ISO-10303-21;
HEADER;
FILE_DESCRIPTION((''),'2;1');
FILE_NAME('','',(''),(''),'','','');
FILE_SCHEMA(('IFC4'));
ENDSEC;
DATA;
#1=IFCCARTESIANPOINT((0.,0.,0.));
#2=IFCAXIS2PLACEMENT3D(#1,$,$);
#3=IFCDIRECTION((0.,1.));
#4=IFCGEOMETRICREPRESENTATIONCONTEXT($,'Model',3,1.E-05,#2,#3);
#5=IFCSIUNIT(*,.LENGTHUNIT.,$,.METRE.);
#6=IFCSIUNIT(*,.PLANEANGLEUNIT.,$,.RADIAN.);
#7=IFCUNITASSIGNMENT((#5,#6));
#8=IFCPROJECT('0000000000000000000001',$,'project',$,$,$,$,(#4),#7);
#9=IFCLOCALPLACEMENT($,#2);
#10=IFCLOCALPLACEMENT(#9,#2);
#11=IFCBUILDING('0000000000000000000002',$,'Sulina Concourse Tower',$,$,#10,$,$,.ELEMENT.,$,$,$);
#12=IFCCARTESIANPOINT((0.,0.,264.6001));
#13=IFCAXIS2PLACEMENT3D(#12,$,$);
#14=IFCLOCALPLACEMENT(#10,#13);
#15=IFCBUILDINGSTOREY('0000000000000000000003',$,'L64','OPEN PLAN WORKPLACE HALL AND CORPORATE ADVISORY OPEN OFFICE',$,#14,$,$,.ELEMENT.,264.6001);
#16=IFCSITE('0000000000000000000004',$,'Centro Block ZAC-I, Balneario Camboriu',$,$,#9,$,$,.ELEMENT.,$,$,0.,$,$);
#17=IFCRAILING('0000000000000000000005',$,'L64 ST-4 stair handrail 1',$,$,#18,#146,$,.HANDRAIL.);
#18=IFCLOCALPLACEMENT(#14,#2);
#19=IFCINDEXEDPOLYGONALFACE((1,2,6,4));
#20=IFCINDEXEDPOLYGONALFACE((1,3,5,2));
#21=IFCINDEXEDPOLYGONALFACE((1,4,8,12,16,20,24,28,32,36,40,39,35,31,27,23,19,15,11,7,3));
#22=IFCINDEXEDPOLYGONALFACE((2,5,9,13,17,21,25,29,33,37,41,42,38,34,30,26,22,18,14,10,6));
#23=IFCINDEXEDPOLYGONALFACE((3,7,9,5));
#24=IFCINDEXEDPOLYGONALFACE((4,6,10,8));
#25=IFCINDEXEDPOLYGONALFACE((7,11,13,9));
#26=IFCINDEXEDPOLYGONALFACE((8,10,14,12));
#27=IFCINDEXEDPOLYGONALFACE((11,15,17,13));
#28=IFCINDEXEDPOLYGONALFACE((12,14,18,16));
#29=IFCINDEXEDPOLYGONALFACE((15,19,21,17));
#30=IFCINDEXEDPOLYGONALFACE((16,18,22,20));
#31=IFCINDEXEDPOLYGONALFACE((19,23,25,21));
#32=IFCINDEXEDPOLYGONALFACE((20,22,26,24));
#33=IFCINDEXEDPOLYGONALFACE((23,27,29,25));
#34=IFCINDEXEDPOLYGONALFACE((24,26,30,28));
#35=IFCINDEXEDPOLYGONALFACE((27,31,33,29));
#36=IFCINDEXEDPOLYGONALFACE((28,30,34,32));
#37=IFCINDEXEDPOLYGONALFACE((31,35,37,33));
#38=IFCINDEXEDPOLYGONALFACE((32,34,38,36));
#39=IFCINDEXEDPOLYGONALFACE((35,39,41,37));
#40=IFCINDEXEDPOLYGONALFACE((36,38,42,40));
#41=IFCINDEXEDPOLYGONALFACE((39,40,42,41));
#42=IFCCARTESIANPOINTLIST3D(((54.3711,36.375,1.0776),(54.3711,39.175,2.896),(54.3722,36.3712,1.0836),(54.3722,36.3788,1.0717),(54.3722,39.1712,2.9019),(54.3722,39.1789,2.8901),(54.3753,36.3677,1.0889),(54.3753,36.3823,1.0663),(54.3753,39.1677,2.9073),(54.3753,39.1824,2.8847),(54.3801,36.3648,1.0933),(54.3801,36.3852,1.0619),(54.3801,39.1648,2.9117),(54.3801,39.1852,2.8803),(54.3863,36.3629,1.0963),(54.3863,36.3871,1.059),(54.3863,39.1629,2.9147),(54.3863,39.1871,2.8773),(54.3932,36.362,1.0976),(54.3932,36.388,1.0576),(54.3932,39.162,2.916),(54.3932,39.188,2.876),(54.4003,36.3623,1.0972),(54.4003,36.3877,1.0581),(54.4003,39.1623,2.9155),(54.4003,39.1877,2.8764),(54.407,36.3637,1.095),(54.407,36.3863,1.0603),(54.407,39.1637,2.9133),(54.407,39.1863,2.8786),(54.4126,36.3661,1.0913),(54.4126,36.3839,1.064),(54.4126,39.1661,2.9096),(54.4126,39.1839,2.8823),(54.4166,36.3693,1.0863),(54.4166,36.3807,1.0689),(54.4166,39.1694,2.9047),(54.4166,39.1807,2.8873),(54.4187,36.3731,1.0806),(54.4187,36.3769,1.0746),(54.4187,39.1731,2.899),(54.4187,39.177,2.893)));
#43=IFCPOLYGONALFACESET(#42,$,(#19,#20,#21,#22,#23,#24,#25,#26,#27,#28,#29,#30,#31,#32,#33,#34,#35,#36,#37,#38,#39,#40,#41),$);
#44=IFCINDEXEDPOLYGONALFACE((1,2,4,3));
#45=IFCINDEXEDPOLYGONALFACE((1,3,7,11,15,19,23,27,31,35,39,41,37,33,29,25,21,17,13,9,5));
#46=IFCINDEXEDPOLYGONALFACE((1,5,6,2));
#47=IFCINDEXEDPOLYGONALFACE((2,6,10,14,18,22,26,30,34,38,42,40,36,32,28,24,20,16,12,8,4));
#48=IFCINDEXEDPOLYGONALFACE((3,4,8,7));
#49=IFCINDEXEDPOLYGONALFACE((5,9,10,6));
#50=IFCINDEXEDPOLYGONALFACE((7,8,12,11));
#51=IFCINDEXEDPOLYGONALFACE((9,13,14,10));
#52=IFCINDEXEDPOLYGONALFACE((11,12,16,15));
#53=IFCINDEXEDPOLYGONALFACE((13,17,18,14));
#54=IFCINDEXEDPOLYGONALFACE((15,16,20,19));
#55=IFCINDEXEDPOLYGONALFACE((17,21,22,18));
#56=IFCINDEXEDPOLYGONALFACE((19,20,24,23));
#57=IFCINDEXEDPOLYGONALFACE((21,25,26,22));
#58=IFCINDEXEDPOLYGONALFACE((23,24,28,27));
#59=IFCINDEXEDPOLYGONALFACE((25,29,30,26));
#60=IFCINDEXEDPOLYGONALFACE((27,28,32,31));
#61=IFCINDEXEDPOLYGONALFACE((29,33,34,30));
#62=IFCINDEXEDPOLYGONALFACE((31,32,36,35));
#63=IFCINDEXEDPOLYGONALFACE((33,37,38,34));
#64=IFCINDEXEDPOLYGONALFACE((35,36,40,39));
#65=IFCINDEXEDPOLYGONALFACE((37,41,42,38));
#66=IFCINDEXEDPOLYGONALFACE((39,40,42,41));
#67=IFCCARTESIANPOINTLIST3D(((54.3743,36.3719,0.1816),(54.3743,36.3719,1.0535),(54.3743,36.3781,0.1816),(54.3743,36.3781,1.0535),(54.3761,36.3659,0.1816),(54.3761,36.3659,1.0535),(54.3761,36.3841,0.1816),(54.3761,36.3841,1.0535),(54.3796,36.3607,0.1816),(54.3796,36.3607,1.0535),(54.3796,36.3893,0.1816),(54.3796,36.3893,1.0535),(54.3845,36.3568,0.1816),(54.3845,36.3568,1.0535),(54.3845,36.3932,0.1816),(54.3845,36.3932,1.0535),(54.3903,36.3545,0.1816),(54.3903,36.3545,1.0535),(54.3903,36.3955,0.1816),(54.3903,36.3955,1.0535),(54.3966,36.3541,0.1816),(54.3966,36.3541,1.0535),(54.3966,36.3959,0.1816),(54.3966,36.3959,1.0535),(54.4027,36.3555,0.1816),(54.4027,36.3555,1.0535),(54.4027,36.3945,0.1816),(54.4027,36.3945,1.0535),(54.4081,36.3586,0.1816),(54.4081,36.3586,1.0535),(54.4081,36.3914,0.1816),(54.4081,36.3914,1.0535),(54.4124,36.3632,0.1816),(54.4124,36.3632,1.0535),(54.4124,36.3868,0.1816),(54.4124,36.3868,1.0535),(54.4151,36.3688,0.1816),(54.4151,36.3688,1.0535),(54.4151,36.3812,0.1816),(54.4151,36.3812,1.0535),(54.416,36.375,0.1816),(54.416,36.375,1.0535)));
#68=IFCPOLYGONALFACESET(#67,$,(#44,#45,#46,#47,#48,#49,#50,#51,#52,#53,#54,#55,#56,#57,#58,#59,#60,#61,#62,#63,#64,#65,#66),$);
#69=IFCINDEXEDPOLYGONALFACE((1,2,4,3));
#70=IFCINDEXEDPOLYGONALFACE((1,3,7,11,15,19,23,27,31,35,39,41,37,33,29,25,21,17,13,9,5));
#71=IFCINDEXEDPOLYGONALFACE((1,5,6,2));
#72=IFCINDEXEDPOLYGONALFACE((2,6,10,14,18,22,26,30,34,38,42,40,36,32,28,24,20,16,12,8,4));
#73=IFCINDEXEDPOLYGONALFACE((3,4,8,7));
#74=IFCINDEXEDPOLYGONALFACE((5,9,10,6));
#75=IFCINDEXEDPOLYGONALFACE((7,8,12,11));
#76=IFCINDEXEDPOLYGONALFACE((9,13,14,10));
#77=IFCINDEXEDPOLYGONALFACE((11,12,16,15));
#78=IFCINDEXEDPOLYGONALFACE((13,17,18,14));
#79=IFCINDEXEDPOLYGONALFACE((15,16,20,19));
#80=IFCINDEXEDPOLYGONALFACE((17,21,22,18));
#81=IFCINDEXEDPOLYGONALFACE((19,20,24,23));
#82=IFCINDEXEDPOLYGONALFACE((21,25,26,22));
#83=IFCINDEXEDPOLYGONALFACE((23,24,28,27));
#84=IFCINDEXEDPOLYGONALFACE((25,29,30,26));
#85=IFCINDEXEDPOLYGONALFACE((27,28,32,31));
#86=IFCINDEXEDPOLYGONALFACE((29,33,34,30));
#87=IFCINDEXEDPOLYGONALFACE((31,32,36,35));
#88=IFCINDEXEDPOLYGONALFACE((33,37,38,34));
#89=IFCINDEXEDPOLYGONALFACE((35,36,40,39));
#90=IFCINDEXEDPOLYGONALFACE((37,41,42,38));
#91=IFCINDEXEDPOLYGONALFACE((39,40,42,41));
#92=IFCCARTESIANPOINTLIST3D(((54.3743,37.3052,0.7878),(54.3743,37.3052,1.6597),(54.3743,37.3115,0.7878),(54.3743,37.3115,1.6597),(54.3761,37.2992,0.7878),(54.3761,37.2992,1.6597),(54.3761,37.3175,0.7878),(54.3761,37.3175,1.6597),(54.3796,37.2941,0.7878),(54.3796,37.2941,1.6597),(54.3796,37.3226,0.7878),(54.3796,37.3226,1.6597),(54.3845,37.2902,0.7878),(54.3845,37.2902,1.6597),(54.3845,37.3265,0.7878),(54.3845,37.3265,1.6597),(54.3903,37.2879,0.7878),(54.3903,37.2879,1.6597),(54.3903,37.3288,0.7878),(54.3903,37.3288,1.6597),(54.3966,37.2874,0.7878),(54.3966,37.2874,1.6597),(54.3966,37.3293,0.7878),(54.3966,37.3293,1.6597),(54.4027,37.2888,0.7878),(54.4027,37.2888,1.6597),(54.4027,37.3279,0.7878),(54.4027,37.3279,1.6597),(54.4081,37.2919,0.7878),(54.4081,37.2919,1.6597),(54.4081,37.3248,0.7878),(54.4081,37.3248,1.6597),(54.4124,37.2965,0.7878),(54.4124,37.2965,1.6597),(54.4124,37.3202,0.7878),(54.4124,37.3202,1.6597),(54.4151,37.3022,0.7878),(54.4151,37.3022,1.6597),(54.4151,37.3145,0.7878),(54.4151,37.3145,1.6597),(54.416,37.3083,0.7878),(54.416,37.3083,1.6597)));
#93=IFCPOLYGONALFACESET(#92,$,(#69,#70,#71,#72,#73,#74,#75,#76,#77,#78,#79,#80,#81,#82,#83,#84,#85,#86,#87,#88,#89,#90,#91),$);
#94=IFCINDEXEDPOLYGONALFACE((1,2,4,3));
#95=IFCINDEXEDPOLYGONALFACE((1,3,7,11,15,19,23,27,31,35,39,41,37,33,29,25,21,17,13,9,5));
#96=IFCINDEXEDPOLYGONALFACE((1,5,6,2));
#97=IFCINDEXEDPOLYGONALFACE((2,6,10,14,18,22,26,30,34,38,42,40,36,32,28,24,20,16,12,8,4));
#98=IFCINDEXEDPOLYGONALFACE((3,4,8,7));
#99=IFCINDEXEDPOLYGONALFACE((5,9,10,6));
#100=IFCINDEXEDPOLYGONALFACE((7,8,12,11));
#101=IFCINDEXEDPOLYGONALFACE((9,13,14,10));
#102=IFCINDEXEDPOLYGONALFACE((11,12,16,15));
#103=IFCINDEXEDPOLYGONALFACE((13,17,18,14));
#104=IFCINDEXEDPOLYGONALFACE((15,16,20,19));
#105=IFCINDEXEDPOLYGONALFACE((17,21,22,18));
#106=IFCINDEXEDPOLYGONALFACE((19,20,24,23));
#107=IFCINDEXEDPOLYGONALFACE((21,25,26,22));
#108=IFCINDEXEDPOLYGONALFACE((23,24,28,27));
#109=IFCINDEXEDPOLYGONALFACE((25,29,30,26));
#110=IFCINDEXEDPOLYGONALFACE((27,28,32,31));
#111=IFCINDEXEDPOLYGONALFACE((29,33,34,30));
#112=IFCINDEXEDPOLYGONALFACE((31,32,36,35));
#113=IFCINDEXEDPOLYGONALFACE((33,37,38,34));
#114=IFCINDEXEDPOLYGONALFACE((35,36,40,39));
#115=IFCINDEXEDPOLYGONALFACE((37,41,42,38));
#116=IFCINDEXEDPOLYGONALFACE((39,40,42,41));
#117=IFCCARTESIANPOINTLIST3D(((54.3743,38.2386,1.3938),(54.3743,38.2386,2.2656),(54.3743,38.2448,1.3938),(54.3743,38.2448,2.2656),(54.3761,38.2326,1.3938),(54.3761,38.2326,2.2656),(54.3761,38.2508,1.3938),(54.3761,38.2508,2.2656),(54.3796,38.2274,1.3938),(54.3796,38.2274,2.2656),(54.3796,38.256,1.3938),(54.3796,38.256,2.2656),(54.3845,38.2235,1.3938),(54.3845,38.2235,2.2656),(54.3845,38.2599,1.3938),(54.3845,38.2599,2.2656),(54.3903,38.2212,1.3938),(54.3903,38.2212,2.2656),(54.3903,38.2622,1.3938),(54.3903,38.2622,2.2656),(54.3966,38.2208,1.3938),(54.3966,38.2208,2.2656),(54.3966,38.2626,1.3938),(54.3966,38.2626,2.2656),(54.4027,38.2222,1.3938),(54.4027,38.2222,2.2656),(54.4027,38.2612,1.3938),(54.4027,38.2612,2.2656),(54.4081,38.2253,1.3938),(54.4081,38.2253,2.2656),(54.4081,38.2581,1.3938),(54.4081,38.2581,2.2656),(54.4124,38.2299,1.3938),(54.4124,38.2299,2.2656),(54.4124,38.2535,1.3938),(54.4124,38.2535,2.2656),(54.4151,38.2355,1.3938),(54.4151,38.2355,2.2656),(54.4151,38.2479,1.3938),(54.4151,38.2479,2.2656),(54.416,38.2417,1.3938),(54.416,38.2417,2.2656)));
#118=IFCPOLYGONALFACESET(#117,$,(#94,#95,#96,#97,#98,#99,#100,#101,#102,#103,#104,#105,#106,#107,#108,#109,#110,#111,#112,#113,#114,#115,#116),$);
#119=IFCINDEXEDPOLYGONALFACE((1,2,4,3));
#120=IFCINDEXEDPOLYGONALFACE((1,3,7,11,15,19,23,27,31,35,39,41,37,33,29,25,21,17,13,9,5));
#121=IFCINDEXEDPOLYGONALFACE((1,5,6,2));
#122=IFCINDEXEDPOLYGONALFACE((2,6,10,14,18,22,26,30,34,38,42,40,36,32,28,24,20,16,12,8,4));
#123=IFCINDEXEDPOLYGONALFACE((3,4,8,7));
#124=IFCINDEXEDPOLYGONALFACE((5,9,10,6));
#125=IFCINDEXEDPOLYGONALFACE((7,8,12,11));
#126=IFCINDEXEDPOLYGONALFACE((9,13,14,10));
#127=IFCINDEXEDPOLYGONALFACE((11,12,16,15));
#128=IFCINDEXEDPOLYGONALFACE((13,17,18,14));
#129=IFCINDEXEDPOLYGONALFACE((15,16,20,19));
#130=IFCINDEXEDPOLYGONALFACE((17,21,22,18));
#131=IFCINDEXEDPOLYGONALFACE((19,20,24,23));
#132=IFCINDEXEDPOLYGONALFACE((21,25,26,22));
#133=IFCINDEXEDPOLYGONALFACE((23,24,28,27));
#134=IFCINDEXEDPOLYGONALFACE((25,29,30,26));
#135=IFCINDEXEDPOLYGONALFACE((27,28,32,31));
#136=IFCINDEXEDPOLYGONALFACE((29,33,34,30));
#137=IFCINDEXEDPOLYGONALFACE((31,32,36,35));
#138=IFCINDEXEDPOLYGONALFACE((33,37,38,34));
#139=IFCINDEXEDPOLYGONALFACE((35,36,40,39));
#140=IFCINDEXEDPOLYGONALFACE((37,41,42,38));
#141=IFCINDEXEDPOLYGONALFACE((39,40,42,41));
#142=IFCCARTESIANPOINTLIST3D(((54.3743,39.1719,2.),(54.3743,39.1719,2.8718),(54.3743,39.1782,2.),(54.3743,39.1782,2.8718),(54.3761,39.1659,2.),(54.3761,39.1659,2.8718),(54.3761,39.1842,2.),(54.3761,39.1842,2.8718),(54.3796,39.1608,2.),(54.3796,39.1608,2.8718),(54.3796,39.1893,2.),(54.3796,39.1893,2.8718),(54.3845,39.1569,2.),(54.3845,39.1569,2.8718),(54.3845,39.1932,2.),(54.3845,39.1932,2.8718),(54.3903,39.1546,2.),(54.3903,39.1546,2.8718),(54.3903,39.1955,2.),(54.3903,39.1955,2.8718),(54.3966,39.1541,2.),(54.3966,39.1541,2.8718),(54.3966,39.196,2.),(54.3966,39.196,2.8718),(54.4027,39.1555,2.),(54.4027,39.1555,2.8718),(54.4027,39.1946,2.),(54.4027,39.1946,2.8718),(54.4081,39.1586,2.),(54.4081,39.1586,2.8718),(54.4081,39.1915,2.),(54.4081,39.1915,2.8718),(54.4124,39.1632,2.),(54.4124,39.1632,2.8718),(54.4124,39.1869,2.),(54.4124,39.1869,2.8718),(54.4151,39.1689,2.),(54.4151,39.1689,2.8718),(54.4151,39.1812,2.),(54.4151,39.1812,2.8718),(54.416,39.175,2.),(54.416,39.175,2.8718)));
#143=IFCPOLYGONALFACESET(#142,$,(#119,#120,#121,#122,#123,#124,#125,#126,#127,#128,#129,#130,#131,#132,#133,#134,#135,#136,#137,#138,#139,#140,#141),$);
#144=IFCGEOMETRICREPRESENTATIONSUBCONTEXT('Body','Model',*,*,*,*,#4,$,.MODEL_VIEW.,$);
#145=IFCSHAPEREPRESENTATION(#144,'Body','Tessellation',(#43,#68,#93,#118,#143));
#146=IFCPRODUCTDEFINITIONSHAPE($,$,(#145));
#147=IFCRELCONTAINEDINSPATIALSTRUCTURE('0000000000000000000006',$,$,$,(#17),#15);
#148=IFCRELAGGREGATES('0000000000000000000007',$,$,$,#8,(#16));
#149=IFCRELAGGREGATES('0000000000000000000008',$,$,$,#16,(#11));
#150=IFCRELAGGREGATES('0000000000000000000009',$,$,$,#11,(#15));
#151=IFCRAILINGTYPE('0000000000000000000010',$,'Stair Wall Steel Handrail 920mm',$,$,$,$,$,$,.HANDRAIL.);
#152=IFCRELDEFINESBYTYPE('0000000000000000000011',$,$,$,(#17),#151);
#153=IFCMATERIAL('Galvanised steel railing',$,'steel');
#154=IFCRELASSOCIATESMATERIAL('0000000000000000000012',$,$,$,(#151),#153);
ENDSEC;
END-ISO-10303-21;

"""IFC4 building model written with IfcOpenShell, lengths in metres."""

from ifc_helpers import new_model, si_unit, direction, frame, origin, origin_2d, place, context, subcontext, project, spatial, circle, extrude, material, type_object, element, save


model = new_model("IFC4")

# Units and contexts
model_context = context("Model", 3, precision=1e-05, world=origin(), true_north=direction((0.0, 1.0)))
body_context = subcontext(model_context, "Body", "Model", "MODEL_VIEW")
ifc_project = project(units=[si_unit("LENGTHUNIT", "METRE"), si_unit("PLANEANGLEUNIT", "RADIAN")], contexts=[model_context])

# Site, building, storey
site_placement = place(None, origin())
site = spatial("IfcSite", under=ifc_project, at=site_placement, Name="Centro Block ZAC-I, Balneario Camboriu", CompositionType="ELEMENT", RefElevation=0.0)
building_placement = place(site_placement, origin())
building = spatial("IfcBuilding", under=site, at=building_placement, Name="Sulina Concourse Tower", CompositionType="ELEMENT")
storey_placement = place(building_placement, frame((0.0, 0.0, 264.6001)))
storey = spatial("IfcBuildingStorey", under=building, at=storey_placement, Name="L64", Description="OPEN PLAN WORKPLACE HALL AND CORPORATE ADVISORY OPEN OFFICE", CompositionType="ELEMENT", Elevation=264.6001)

# Railing
ifc_material_1 = material(Name="Galvanised steel railing", Category="steel")
railing_type_1 = type_object("IfcRailingType", Name="Stair Wall Steel Handrail 920mm", PredefinedType="HANDRAIL", material=ifc_material_1)
railing_1_placement = place(storey_placement, frame((54.395, 36.375, 0.1816)))
element("IfcRailing", 1, at=railing_1_placement, inside=storey, type_object=railing_type_1, Name="L64 ST-4 stair handrail 1", PredefinedType="HANDRAIL", context=body_context, shape_type="SweptSolid", body=[
    extrude(circle(Radius=0.0239, at=origin_2d()), frame((0.0, 0.0, 0.896), z_axis=(0.0, 0.838672, 0.544636), x_axis=(-1.0, 0.0, 0.0)), (0.0, 0.0, 1.0), 3.3386),
    extrude(circle(Radius=0.021, at=origin_2d()), origin(), (0.0, 0.0, 1.0), 0.8718),
    extrude(circle(Radius=0.021, at=origin_2d()), frame((0.0, 0.9333, 0.6062)), (0.0, 0.0, 1.0), 0.8718),
    extrude(circle(Radius=0.021, at=origin_2d()), frame((0.0, 1.8667, 1.2122)), (0.0, 0.0, 1.0), 0.8718),
    extrude(circle(Radius=0.021, at=origin_2d()), frame((0.0, 2.8, 1.8184)), (0.0, 0.0, 1.0), 0.8718),
])

save(model, "model.ifc")
